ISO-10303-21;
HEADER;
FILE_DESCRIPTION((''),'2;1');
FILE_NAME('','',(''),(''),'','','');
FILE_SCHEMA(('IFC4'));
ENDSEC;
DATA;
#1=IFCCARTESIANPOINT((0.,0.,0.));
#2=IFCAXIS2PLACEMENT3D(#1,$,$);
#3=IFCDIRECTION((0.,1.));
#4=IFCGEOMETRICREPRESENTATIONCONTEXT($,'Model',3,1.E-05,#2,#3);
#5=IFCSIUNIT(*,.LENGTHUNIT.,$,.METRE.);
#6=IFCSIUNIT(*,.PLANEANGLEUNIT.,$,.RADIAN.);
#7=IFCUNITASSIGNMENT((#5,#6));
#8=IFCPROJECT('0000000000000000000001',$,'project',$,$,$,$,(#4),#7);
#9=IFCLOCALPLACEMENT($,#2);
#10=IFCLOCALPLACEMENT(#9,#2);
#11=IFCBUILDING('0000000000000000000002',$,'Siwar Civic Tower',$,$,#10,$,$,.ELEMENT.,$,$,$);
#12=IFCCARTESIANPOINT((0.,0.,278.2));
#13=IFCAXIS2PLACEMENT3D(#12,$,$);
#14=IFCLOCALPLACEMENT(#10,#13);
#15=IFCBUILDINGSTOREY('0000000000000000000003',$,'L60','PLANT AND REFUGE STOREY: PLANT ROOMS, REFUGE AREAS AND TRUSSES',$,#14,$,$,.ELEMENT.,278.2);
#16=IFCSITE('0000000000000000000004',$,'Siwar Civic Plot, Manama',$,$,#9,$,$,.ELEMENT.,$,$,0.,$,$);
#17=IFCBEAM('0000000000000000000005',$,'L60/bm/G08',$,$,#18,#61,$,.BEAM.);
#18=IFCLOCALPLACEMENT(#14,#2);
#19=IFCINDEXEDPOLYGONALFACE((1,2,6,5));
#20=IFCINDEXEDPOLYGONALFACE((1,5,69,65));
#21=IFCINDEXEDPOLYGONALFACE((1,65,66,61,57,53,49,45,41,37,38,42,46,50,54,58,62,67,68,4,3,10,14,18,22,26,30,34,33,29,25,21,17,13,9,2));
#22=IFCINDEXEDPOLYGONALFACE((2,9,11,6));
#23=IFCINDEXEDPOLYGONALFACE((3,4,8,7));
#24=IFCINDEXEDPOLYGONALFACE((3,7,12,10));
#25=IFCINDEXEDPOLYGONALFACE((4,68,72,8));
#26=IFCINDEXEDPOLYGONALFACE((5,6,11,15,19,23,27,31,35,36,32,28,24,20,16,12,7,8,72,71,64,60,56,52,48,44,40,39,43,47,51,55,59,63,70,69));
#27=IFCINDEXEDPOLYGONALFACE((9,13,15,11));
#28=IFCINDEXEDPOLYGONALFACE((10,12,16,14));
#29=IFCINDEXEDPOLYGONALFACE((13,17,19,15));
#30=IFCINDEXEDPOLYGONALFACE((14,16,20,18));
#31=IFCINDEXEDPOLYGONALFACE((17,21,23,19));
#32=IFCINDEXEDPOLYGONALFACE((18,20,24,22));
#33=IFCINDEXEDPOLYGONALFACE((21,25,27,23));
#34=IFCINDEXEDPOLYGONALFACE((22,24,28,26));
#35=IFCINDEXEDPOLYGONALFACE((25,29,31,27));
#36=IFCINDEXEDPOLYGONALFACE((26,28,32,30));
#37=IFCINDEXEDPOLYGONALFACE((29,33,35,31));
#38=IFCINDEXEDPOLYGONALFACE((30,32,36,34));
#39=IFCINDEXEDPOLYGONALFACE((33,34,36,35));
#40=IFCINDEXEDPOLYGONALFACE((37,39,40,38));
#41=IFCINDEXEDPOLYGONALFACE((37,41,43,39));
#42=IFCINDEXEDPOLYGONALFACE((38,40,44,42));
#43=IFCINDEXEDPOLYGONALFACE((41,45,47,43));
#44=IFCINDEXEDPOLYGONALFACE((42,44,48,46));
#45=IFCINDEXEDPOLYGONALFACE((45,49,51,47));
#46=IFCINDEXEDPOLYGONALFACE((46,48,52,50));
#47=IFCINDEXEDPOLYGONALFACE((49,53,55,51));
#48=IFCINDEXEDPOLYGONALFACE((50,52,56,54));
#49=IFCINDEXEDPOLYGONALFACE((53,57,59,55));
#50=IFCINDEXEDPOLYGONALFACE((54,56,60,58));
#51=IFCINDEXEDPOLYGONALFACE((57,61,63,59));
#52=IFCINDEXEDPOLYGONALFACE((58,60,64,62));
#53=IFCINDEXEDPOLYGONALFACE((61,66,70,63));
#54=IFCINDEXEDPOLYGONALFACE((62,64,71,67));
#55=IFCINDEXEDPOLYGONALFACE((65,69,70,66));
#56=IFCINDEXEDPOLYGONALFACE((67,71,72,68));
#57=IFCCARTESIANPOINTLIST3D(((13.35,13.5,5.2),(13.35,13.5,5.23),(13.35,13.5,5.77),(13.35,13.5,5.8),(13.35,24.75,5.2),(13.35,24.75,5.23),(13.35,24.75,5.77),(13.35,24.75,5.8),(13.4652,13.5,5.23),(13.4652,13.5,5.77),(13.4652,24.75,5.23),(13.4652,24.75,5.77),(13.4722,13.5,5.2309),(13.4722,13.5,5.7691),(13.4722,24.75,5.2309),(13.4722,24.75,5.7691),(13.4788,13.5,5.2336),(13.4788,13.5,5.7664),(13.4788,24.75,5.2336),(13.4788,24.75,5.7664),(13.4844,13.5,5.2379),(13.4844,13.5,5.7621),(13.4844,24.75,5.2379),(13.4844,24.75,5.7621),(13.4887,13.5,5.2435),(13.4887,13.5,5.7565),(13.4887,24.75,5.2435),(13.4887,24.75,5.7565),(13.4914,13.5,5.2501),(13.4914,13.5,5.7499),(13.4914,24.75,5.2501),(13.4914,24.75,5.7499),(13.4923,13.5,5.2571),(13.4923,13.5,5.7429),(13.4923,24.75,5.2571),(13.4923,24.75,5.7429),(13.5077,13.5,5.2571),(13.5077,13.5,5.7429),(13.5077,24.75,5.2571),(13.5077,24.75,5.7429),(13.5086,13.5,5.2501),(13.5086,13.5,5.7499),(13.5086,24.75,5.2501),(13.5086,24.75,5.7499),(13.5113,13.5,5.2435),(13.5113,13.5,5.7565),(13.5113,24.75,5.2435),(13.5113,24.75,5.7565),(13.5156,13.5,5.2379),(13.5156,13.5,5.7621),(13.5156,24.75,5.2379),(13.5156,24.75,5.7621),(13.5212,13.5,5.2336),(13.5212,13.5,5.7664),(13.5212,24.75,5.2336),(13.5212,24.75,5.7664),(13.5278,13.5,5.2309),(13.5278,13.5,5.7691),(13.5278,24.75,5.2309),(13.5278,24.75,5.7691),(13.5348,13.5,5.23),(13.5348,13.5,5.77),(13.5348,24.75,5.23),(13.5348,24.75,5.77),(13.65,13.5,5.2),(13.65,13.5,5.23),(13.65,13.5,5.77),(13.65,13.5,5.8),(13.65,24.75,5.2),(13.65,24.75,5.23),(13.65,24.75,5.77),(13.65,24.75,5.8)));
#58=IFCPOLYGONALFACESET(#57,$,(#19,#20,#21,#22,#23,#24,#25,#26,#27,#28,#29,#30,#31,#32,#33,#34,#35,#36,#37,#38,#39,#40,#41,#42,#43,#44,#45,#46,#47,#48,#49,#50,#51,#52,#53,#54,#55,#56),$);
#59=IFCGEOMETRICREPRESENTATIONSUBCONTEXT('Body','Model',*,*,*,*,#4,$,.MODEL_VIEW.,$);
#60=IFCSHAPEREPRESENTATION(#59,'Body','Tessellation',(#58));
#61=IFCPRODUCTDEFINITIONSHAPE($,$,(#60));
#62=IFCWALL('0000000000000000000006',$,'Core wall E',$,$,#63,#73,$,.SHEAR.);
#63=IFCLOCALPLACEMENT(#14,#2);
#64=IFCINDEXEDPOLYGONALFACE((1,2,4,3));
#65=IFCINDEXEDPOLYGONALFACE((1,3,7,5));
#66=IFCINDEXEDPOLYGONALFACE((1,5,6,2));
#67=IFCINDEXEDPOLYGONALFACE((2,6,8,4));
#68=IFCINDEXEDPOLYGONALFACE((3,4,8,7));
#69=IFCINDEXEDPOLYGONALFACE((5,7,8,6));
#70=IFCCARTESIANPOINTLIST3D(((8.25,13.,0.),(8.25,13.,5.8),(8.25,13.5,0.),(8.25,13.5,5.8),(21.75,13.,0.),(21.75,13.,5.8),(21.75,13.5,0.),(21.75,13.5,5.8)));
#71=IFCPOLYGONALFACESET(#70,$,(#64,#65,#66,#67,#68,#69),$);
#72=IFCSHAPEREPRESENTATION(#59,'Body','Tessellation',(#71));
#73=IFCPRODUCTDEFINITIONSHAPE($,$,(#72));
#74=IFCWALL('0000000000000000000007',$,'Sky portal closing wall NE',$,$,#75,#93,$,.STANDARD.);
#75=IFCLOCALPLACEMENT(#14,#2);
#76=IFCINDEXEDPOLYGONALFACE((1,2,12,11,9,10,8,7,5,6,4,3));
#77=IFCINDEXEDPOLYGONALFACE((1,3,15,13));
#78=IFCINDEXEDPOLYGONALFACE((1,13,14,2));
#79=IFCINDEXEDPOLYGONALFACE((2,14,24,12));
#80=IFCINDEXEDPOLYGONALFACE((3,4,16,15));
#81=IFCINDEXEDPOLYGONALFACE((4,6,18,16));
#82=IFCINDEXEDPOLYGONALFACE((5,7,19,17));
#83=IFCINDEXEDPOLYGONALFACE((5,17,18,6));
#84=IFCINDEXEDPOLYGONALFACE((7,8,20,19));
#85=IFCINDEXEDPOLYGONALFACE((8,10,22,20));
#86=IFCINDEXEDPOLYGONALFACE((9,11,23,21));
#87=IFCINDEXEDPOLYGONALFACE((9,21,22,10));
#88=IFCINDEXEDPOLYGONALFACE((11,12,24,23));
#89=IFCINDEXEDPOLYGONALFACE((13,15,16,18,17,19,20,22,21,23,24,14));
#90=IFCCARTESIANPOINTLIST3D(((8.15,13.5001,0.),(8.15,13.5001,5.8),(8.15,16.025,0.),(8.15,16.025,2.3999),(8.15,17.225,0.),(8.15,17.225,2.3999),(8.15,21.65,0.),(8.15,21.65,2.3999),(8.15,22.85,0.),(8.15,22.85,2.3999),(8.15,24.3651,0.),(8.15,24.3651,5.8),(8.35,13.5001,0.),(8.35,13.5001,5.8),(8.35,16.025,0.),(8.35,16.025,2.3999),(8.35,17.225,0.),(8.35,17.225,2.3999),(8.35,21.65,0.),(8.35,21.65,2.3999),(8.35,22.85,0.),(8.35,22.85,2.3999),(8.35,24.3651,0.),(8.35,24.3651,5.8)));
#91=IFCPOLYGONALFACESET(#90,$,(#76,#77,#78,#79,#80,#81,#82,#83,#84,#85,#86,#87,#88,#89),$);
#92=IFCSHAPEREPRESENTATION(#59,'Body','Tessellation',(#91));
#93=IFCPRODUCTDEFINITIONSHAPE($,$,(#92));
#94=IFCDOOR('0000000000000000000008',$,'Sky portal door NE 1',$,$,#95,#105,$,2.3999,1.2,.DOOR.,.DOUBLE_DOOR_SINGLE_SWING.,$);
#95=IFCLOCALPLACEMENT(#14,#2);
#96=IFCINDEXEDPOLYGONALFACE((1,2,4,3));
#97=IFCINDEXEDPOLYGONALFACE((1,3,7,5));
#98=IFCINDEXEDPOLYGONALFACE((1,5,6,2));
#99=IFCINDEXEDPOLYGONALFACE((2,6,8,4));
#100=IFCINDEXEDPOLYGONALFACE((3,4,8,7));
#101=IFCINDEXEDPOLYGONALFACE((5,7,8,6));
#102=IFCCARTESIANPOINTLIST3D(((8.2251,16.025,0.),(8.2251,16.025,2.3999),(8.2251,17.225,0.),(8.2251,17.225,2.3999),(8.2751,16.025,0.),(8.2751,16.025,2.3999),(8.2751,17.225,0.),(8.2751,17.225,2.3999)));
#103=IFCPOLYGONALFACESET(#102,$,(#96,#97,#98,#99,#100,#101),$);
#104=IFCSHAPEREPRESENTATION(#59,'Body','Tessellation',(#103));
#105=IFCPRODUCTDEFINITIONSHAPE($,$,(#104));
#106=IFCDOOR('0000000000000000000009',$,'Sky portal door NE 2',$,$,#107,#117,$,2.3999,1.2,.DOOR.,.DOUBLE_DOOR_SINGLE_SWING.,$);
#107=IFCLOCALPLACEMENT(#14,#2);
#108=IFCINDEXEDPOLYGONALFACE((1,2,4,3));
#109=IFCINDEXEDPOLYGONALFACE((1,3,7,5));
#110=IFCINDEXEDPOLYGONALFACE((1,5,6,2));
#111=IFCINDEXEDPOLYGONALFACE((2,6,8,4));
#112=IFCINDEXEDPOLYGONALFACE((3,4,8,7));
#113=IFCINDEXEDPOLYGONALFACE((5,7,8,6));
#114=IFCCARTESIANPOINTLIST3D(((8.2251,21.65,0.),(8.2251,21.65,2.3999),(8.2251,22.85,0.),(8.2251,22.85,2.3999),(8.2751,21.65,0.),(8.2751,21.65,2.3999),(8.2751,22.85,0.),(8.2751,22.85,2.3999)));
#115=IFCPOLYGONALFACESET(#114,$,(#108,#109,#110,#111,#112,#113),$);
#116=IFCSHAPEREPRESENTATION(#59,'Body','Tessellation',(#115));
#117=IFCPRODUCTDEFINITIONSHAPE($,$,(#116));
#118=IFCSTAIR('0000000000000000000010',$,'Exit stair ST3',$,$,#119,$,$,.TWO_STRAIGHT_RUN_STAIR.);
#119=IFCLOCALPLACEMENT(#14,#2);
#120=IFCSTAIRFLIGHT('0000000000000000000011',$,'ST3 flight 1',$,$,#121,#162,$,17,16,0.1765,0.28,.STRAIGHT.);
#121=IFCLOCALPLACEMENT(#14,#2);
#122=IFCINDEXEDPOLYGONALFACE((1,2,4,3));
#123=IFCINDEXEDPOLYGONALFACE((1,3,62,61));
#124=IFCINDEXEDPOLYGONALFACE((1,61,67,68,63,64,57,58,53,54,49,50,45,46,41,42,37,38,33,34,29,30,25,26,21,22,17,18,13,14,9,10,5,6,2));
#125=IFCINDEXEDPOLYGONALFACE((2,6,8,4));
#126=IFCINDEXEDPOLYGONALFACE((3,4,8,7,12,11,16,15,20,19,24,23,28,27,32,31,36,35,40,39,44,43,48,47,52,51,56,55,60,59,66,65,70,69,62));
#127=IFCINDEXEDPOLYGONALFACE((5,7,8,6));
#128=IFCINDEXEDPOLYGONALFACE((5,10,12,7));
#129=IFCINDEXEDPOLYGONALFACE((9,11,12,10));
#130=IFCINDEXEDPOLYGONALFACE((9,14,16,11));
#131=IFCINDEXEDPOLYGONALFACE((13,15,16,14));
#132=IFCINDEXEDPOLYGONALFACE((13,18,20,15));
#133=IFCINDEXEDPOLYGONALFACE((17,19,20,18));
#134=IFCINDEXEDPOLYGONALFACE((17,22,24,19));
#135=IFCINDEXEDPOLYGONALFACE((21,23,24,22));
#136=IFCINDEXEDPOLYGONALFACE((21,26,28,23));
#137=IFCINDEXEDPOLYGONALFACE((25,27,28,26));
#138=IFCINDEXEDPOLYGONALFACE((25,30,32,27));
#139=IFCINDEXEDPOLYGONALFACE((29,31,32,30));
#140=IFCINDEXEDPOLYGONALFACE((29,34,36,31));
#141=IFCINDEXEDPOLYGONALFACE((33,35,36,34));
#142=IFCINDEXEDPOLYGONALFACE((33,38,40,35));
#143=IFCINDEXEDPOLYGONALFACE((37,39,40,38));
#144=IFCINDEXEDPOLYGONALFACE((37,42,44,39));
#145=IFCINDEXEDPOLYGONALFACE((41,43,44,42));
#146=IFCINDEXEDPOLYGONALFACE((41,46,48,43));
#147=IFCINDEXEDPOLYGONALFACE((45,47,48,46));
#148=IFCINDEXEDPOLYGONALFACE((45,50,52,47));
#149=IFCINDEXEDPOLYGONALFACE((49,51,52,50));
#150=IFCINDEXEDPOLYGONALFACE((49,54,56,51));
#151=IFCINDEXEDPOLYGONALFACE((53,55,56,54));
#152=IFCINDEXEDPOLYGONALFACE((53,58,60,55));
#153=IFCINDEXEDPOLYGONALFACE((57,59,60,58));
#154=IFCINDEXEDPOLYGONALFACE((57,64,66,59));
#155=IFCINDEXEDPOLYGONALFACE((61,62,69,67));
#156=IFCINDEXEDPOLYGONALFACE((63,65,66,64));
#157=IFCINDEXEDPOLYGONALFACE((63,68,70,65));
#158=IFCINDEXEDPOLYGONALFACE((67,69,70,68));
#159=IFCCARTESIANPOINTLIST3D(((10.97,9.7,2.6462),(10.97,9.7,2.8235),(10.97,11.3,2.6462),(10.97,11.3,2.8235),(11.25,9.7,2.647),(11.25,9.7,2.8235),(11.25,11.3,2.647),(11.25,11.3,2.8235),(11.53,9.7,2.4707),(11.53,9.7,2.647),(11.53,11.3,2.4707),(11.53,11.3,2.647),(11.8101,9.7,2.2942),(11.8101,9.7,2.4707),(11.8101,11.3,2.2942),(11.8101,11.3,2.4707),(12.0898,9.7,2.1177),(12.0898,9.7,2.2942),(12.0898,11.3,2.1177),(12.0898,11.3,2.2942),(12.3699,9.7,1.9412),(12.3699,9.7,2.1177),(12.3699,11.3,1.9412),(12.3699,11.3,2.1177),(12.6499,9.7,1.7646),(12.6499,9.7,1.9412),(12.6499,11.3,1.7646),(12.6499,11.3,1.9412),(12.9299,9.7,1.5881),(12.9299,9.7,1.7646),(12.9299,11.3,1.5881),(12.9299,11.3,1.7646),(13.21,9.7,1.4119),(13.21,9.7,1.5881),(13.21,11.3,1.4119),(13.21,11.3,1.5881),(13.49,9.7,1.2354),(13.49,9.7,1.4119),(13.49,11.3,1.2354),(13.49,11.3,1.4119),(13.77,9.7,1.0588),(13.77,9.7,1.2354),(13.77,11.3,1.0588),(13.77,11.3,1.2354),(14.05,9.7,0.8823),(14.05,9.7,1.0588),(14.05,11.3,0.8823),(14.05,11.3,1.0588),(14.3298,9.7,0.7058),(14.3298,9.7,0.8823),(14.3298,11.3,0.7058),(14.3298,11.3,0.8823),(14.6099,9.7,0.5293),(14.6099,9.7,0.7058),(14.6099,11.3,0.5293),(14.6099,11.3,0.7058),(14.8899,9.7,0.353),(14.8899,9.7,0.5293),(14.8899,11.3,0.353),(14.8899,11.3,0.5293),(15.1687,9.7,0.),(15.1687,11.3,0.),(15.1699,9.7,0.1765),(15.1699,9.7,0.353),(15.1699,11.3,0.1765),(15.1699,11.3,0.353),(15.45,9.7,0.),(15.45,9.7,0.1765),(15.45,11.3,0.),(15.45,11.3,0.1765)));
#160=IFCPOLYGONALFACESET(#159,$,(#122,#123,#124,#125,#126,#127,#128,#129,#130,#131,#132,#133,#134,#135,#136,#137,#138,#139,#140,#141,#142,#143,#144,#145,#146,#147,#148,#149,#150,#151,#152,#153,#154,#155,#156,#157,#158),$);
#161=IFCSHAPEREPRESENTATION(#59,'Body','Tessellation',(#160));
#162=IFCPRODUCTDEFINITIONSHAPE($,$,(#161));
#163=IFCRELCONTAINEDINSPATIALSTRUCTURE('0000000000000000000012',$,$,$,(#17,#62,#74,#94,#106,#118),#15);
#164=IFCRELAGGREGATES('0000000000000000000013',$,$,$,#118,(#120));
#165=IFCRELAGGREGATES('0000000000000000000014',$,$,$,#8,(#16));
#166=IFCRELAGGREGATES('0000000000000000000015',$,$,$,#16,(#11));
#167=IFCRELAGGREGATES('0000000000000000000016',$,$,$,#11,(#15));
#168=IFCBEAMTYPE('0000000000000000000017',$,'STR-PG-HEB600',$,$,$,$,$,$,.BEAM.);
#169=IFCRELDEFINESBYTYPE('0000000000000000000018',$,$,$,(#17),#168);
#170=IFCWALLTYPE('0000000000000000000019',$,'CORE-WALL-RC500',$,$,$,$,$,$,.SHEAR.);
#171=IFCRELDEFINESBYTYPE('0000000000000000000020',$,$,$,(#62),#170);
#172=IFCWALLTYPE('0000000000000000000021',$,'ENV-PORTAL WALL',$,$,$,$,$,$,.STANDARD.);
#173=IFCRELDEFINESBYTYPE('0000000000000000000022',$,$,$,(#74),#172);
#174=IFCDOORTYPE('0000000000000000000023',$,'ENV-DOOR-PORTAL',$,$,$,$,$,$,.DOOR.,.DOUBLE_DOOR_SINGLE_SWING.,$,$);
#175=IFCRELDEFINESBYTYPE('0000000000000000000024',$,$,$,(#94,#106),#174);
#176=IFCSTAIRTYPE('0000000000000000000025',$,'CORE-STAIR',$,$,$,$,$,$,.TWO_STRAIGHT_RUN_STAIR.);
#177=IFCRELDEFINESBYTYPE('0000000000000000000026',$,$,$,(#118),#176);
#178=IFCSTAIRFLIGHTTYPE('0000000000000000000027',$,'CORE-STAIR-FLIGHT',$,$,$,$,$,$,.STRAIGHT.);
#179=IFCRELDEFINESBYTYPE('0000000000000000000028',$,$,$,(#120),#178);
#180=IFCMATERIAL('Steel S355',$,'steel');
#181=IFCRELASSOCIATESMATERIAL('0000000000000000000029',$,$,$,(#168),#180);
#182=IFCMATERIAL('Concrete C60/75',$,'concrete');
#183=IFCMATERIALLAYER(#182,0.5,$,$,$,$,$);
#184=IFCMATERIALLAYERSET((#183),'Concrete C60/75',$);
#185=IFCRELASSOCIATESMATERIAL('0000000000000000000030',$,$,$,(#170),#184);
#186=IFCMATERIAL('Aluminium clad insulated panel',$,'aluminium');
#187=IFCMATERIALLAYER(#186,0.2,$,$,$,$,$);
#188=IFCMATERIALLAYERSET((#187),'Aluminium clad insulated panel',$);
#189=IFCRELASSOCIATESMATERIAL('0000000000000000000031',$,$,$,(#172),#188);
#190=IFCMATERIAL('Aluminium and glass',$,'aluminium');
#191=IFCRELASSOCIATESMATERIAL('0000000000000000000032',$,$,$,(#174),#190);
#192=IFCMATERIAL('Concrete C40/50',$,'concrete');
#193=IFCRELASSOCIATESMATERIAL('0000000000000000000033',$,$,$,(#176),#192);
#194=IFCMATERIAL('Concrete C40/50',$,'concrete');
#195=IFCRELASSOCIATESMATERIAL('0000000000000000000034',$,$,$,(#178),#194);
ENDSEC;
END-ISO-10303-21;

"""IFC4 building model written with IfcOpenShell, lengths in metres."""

from ifc_helpers import new_model, si_unit, direction, frame, frame_2d, origin, origin_2d, place, context, subcontext, project, spatial, polyline, rectangle, i_section, outline, extrude, material, layer, layer_set, material_profile, profile_set, type_object, element, fill, aggregate, save


model = new_model("IFC4")

# Units and contexts
model_context = context("Model", 3, precision=1e-05, world=origin(), true_north=direction((0.0, 1.0)))
body_context = subcontext(model_context, "Body", "Model", "MODEL_VIEW")
ifc_project = project(units=[si_unit("LENGTHUNIT", "METRE"), si_unit("PLANEANGLEUNIT", "RADIAN")], contexts=[model_context])

# Site, building, storey
site_placement = place(None, origin())
site = spatial("IfcSite", under=ifc_project, at=site_placement, Name="Siwar Civic Plot, Manama", CompositionType="ELEMENT", RefElevation=0.0)
building_placement = place(site_placement, origin())
building = spatial("IfcBuilding", under=site, at=building_placement, Name="Siwar Civic Tower", CompositionType="ELEMENT")
storey_placement = place(building_placement, frame((0.0, 0.0, 278.2)))
storey = spatial("IfcBuildingStorey", under=building, at=storey_placement, Name="L60", Description="PLANT AND REFUGE STOREY: PLANT ROOMS, REFUGE AREAS AND TRUSSES", CompositionType="ELEMENT", Elevation=278.2)

# Beam
ifc_material_1 = material(Name="Steel S355", Category="steel")
ifc_material_profile_1 = material_profile(ifc_material_1, i_section(OverallWidth=0.3, OverallDepth=0.6001, WebThickness=0.0154, FlangeThickness=0.03, FilletRadius=0.0271, at=origin_2d()), Name="HEB600")
ifc_profile_set_1 = profile_set([ifc_material_profile_1], Name="Steel S355")
beam_type_1 = type_object("IfcBeamType", Name="STR-PG-HEB600", PredefinedType="BEAM", material=ifc_profile_set_1)
beam_1_placement = place(storey_placement, frame((13.5, 13.5, 5.5), z_axis=(0.0, 1.0, 0.0), x_axis=(-1.0, 0.0, 0.0)))
element("IfcBeam", 1, at=beam_1_placement, inside=storey, type_object=beam_type_1, Name="L60/bm/G08", PredefinedType="BEAM", context=body_context, shape_type="SweptSolid", body=[
    extrude(i_section(OverallWidth=0.3, OverallDepth=0.6001, WebThickness=0.0154, FlangeThickness=0.03, FilletRadius=0.0271, at=origin_2d()), origin(), (0.0, 0.0, 1.0), 11.25),
])

# Wall
ifc_material_2 = material(Name="Concrete C60/75", Category="concrete")
ifc_layer_1 = layer(ifc_material_2, 0.5)
ifc_layer_set_1 = layer_set([ifc_layer_1], Name="Concrete C60/75")
wall_type_1 = type_object("IfcWallType", Name="CORE-WALL-RC500", PredefinedType="SHEAR", material=ifc_layer_set_1)
wall_1_placement = place(storey_placement, frame((8.25, 13.25, 0.0), z_axis=(0.0, 0.0, 1.0), x_axis=(1.0, 0.0, 0.0)))
element("IfcWall", 2, at=wall_1_placement, inside=storey, type_object=wall_type_1, Name="Core wall E", PredefinedType="SHEAR", context=body_context, shape_type="SweptSolid", body=[
    extrude(rectangle(XDim=13.5, YDim=0.5, at=frame_2d((6.75, 0.0))), origin(), (0.0, 0.0, 1.0), 5.8),
])

# Wall, openings, doors
ifc_material_3 = material(Name="Aluminium clad insulated panel", Category="aluminium")
ifc_layer_2 = layer(ifc_material_3, 0.2)
ifc_layer_set_2 = layer_set([ifc_layer_2], Name="Aluminium clad insulated panel")
wall_type_2 = type_object("IfcWallType", Name="ENV-PORTAL WALL", PredefinedType="STANDARD", material=ifc_layer_set_2)
wall_2_placement = place(storey_placement, frame((8.25, 13.5, 0.0), z_axis=(0.0, 0.0, 1.0), x_axis=(0.0, 1.0, 0.0)))
wall_2 = element("IfcWall", 3, at=wall_2_placement, inside=storey, type_object=wall_type_2, Name="Sky portal closing wall NE", PredefinedType="STANDARD", context=body_context, shape_type="SweptSolid", body=[
    extrude(rectangle(XDim=10.865, YDim=0.2, at=frame_2d((5.4326, 0.0))), origin(), (0.0, 0.0, 1.0), 5.8),
])
opening_1_placement = place(wall_2_placement, frame((2.5249, 0.0, 0.0)))
opening_1 = element("IfcOpeningElement", 4, at=opening_1_placement, cuts=wall_2, PredefinedType="OPENING", context=body_context, shape_type="SweptSolid", body=[
    extrude(rectangle(XDim=1.2, YDim=2.3999, at=frame_2d((0.6001, 1.2))), frame((0.0, 0.1099, 0.0), z_axis=(0.0, -1.0, 0.0), x_axis=(1.0, 0.0, 0.0)), (0.0, 0.0, 1.0), 0.22),
])
opening_2_placement = place(wall_2_placement, frame((8.1499, 0.0, 0.0)))
opening_2 = element("IfcOpeningElement", 5, at=opening_2_placement, cuts=wall_2, PredefinedType="OPENING", context=body_context, shape_type="SweptSolid", body=[
    extrude(rectangle(XDim=1.2, YDim=2.3999, at=frame_2d((0.6001, 1.2))), frame((0.0, 0.1099, 0.0), z_axis=(0.0, -1.0, 0.0), x_axis=(1.0, 0.0, 0.0)), (0.0, 0.0, 1.0), 0.22),
])
ifc_material_4 = material(Name="Aluminium and glass", Category="aluminium")
door_type = type_object("IfcDoorType", Name="ENV-DOOR-PORTAL", OperationType="DOUBLE_DOOR_SINGLE_SWING", PredefinedType="DOOR", material=ifc_material_4)
door_1_placement = place(opening_1_placement, origin())
door_1 = element("IfcDoor", 6, at=door_1_placement, inside=storey, type_object=door_type, Name="Sky portal door NE 1", OperationType="DOUBLE_DOOR_SINGLE_SWING", OverallHeight=2.3999, OverallWidth=1.2, PredefinedType="DOOR", context=body_context, shape_type="SweptSolid", body=[
    extrude(rectangle(XDim=1.2, YDim=2.3999, at=frame_2d((0.6001, 1.2))), frame((0.0, 0.0249, 0.0), z_axis=(0.0, -1.0, 0.0), x_axis=(1.0, 0.0, 0.0)), (0.0, 0.0, 1.0), 0.05),
])
fill(opening_1, door_1)
door_2_placement = place(opening_2_placement, origin())
door_2 = element("IfcDoor", 7, at=door_2_placement, inside=storey, type_object=door_type, Name="Sky portal door NE 2", OperationType="DOUBLE_DOOR_SINGLE_SWING", OverallHeight=2.3999, OverallWidth=1.2, PredefinedType="DOOR", context=body_context, shape_type="SweptSolid", body=[
    extrude(rectangle(XDim=1.2, YDim=2.3999, at=frame_2d((0.6001, 1.2))), frame((0.0, 0.0249, 0.0), z_axis=(0.0, -1.0, 0.0), x_axis=(1.0, 0.0, 0.0)), (0.0, 0.0, 1.0), 0.05),
])
fill(opening_2, door_2)

# Stair, stair flight
ifc_material_5 = material(Name="Concrete C40/50", Category="concrete")
stair_type = type_object("IfcStairType", Name="CORE-STAIR", PredefinedType="TWO_STRAIGHT_RUN_STAIR", material=ifc_material_5)
stair_placement = place(storey_placement, origin())
stair = element("IfcStair", 8, at=stair_placement, inside=storey, type_object=stair_type, Name="Exit stair ST3", PredefinedType="TWO_STRAIGHT_RUN_STAIR")
ifc_material_6 = material(Name="Concrete C40/50", Category="concrete")
stair_flight_type = type_object("IfcStairFlightType", Name="CORE-STAIR-FLIGHT", PredefinedType="STRAIGHT", material=ifc_material_6)
stair_flight_1_placement = place(storey_placement, frame((15.45, 10.5, 0.0), z_axis=(0.0, 0.0, 1.0), x_axis=(-1.0, 0.0, 0.0)))
stair_flight_1 = element("IfcStairFlight", 9, at=stair_flight_1_placement, type_object=stair_flight_type, Name="ST3 flight 1", NumberOfRisers=17, NumberOfTreads=16, PredefinedType="STRAIGHT", RiserHeight=0.1765, TreadLength=0.28, context=body_context, shape_type="SweptSolid", body=[
    extrude(outline(polyline([(0.0, 0.0), (0.0, 0.1765), (0.28, 0.1765), (0.28, 0.353), (0.5601, 0.353), (0.5601, 0.5293), (0.8401, 0.5293), (0.8401, 0.7058), (1.1201, 0.7058), (1.1201, 0.8823), (1.3999, 0.8823), (1.3999, 1.0588), (1.6799, 1.0588), (1.6799, 1.2354), (1.96, 1.2354), (1.96, 1.4119), (2.24, 1.4119), (2.24, 1.5881), (2.52, 1.5881), (2.52, 1.7646), (2.8, 1.7646), (2.8, 1.9412), (3.0801, 1.9412), (3.0801, 2.1177), (3.3601, 2.1177), (3.3601, 2.2942), (3.6399, 2.2942), (3.6399, 2.4707), (3.9199, 2.4707), (3.9199, 2.647), (4.2, 2.647), (4.2, 2.8235), (4.48, 2.8235), (4.48, 3.0), (4.48, 2.6462), (0.2812, 0.0), (0.0, 0.0)])), frame((0.0, 0.8, 0.0), z_axis=(0.0, -1.0, 0.0), x_axis=(1.0, 0.0, 0.0)), (0.0, 0.0, 1.0), 1.6001),
])
aggregate(stair, [stair_flight_1])

save(model, "model.ifc")
